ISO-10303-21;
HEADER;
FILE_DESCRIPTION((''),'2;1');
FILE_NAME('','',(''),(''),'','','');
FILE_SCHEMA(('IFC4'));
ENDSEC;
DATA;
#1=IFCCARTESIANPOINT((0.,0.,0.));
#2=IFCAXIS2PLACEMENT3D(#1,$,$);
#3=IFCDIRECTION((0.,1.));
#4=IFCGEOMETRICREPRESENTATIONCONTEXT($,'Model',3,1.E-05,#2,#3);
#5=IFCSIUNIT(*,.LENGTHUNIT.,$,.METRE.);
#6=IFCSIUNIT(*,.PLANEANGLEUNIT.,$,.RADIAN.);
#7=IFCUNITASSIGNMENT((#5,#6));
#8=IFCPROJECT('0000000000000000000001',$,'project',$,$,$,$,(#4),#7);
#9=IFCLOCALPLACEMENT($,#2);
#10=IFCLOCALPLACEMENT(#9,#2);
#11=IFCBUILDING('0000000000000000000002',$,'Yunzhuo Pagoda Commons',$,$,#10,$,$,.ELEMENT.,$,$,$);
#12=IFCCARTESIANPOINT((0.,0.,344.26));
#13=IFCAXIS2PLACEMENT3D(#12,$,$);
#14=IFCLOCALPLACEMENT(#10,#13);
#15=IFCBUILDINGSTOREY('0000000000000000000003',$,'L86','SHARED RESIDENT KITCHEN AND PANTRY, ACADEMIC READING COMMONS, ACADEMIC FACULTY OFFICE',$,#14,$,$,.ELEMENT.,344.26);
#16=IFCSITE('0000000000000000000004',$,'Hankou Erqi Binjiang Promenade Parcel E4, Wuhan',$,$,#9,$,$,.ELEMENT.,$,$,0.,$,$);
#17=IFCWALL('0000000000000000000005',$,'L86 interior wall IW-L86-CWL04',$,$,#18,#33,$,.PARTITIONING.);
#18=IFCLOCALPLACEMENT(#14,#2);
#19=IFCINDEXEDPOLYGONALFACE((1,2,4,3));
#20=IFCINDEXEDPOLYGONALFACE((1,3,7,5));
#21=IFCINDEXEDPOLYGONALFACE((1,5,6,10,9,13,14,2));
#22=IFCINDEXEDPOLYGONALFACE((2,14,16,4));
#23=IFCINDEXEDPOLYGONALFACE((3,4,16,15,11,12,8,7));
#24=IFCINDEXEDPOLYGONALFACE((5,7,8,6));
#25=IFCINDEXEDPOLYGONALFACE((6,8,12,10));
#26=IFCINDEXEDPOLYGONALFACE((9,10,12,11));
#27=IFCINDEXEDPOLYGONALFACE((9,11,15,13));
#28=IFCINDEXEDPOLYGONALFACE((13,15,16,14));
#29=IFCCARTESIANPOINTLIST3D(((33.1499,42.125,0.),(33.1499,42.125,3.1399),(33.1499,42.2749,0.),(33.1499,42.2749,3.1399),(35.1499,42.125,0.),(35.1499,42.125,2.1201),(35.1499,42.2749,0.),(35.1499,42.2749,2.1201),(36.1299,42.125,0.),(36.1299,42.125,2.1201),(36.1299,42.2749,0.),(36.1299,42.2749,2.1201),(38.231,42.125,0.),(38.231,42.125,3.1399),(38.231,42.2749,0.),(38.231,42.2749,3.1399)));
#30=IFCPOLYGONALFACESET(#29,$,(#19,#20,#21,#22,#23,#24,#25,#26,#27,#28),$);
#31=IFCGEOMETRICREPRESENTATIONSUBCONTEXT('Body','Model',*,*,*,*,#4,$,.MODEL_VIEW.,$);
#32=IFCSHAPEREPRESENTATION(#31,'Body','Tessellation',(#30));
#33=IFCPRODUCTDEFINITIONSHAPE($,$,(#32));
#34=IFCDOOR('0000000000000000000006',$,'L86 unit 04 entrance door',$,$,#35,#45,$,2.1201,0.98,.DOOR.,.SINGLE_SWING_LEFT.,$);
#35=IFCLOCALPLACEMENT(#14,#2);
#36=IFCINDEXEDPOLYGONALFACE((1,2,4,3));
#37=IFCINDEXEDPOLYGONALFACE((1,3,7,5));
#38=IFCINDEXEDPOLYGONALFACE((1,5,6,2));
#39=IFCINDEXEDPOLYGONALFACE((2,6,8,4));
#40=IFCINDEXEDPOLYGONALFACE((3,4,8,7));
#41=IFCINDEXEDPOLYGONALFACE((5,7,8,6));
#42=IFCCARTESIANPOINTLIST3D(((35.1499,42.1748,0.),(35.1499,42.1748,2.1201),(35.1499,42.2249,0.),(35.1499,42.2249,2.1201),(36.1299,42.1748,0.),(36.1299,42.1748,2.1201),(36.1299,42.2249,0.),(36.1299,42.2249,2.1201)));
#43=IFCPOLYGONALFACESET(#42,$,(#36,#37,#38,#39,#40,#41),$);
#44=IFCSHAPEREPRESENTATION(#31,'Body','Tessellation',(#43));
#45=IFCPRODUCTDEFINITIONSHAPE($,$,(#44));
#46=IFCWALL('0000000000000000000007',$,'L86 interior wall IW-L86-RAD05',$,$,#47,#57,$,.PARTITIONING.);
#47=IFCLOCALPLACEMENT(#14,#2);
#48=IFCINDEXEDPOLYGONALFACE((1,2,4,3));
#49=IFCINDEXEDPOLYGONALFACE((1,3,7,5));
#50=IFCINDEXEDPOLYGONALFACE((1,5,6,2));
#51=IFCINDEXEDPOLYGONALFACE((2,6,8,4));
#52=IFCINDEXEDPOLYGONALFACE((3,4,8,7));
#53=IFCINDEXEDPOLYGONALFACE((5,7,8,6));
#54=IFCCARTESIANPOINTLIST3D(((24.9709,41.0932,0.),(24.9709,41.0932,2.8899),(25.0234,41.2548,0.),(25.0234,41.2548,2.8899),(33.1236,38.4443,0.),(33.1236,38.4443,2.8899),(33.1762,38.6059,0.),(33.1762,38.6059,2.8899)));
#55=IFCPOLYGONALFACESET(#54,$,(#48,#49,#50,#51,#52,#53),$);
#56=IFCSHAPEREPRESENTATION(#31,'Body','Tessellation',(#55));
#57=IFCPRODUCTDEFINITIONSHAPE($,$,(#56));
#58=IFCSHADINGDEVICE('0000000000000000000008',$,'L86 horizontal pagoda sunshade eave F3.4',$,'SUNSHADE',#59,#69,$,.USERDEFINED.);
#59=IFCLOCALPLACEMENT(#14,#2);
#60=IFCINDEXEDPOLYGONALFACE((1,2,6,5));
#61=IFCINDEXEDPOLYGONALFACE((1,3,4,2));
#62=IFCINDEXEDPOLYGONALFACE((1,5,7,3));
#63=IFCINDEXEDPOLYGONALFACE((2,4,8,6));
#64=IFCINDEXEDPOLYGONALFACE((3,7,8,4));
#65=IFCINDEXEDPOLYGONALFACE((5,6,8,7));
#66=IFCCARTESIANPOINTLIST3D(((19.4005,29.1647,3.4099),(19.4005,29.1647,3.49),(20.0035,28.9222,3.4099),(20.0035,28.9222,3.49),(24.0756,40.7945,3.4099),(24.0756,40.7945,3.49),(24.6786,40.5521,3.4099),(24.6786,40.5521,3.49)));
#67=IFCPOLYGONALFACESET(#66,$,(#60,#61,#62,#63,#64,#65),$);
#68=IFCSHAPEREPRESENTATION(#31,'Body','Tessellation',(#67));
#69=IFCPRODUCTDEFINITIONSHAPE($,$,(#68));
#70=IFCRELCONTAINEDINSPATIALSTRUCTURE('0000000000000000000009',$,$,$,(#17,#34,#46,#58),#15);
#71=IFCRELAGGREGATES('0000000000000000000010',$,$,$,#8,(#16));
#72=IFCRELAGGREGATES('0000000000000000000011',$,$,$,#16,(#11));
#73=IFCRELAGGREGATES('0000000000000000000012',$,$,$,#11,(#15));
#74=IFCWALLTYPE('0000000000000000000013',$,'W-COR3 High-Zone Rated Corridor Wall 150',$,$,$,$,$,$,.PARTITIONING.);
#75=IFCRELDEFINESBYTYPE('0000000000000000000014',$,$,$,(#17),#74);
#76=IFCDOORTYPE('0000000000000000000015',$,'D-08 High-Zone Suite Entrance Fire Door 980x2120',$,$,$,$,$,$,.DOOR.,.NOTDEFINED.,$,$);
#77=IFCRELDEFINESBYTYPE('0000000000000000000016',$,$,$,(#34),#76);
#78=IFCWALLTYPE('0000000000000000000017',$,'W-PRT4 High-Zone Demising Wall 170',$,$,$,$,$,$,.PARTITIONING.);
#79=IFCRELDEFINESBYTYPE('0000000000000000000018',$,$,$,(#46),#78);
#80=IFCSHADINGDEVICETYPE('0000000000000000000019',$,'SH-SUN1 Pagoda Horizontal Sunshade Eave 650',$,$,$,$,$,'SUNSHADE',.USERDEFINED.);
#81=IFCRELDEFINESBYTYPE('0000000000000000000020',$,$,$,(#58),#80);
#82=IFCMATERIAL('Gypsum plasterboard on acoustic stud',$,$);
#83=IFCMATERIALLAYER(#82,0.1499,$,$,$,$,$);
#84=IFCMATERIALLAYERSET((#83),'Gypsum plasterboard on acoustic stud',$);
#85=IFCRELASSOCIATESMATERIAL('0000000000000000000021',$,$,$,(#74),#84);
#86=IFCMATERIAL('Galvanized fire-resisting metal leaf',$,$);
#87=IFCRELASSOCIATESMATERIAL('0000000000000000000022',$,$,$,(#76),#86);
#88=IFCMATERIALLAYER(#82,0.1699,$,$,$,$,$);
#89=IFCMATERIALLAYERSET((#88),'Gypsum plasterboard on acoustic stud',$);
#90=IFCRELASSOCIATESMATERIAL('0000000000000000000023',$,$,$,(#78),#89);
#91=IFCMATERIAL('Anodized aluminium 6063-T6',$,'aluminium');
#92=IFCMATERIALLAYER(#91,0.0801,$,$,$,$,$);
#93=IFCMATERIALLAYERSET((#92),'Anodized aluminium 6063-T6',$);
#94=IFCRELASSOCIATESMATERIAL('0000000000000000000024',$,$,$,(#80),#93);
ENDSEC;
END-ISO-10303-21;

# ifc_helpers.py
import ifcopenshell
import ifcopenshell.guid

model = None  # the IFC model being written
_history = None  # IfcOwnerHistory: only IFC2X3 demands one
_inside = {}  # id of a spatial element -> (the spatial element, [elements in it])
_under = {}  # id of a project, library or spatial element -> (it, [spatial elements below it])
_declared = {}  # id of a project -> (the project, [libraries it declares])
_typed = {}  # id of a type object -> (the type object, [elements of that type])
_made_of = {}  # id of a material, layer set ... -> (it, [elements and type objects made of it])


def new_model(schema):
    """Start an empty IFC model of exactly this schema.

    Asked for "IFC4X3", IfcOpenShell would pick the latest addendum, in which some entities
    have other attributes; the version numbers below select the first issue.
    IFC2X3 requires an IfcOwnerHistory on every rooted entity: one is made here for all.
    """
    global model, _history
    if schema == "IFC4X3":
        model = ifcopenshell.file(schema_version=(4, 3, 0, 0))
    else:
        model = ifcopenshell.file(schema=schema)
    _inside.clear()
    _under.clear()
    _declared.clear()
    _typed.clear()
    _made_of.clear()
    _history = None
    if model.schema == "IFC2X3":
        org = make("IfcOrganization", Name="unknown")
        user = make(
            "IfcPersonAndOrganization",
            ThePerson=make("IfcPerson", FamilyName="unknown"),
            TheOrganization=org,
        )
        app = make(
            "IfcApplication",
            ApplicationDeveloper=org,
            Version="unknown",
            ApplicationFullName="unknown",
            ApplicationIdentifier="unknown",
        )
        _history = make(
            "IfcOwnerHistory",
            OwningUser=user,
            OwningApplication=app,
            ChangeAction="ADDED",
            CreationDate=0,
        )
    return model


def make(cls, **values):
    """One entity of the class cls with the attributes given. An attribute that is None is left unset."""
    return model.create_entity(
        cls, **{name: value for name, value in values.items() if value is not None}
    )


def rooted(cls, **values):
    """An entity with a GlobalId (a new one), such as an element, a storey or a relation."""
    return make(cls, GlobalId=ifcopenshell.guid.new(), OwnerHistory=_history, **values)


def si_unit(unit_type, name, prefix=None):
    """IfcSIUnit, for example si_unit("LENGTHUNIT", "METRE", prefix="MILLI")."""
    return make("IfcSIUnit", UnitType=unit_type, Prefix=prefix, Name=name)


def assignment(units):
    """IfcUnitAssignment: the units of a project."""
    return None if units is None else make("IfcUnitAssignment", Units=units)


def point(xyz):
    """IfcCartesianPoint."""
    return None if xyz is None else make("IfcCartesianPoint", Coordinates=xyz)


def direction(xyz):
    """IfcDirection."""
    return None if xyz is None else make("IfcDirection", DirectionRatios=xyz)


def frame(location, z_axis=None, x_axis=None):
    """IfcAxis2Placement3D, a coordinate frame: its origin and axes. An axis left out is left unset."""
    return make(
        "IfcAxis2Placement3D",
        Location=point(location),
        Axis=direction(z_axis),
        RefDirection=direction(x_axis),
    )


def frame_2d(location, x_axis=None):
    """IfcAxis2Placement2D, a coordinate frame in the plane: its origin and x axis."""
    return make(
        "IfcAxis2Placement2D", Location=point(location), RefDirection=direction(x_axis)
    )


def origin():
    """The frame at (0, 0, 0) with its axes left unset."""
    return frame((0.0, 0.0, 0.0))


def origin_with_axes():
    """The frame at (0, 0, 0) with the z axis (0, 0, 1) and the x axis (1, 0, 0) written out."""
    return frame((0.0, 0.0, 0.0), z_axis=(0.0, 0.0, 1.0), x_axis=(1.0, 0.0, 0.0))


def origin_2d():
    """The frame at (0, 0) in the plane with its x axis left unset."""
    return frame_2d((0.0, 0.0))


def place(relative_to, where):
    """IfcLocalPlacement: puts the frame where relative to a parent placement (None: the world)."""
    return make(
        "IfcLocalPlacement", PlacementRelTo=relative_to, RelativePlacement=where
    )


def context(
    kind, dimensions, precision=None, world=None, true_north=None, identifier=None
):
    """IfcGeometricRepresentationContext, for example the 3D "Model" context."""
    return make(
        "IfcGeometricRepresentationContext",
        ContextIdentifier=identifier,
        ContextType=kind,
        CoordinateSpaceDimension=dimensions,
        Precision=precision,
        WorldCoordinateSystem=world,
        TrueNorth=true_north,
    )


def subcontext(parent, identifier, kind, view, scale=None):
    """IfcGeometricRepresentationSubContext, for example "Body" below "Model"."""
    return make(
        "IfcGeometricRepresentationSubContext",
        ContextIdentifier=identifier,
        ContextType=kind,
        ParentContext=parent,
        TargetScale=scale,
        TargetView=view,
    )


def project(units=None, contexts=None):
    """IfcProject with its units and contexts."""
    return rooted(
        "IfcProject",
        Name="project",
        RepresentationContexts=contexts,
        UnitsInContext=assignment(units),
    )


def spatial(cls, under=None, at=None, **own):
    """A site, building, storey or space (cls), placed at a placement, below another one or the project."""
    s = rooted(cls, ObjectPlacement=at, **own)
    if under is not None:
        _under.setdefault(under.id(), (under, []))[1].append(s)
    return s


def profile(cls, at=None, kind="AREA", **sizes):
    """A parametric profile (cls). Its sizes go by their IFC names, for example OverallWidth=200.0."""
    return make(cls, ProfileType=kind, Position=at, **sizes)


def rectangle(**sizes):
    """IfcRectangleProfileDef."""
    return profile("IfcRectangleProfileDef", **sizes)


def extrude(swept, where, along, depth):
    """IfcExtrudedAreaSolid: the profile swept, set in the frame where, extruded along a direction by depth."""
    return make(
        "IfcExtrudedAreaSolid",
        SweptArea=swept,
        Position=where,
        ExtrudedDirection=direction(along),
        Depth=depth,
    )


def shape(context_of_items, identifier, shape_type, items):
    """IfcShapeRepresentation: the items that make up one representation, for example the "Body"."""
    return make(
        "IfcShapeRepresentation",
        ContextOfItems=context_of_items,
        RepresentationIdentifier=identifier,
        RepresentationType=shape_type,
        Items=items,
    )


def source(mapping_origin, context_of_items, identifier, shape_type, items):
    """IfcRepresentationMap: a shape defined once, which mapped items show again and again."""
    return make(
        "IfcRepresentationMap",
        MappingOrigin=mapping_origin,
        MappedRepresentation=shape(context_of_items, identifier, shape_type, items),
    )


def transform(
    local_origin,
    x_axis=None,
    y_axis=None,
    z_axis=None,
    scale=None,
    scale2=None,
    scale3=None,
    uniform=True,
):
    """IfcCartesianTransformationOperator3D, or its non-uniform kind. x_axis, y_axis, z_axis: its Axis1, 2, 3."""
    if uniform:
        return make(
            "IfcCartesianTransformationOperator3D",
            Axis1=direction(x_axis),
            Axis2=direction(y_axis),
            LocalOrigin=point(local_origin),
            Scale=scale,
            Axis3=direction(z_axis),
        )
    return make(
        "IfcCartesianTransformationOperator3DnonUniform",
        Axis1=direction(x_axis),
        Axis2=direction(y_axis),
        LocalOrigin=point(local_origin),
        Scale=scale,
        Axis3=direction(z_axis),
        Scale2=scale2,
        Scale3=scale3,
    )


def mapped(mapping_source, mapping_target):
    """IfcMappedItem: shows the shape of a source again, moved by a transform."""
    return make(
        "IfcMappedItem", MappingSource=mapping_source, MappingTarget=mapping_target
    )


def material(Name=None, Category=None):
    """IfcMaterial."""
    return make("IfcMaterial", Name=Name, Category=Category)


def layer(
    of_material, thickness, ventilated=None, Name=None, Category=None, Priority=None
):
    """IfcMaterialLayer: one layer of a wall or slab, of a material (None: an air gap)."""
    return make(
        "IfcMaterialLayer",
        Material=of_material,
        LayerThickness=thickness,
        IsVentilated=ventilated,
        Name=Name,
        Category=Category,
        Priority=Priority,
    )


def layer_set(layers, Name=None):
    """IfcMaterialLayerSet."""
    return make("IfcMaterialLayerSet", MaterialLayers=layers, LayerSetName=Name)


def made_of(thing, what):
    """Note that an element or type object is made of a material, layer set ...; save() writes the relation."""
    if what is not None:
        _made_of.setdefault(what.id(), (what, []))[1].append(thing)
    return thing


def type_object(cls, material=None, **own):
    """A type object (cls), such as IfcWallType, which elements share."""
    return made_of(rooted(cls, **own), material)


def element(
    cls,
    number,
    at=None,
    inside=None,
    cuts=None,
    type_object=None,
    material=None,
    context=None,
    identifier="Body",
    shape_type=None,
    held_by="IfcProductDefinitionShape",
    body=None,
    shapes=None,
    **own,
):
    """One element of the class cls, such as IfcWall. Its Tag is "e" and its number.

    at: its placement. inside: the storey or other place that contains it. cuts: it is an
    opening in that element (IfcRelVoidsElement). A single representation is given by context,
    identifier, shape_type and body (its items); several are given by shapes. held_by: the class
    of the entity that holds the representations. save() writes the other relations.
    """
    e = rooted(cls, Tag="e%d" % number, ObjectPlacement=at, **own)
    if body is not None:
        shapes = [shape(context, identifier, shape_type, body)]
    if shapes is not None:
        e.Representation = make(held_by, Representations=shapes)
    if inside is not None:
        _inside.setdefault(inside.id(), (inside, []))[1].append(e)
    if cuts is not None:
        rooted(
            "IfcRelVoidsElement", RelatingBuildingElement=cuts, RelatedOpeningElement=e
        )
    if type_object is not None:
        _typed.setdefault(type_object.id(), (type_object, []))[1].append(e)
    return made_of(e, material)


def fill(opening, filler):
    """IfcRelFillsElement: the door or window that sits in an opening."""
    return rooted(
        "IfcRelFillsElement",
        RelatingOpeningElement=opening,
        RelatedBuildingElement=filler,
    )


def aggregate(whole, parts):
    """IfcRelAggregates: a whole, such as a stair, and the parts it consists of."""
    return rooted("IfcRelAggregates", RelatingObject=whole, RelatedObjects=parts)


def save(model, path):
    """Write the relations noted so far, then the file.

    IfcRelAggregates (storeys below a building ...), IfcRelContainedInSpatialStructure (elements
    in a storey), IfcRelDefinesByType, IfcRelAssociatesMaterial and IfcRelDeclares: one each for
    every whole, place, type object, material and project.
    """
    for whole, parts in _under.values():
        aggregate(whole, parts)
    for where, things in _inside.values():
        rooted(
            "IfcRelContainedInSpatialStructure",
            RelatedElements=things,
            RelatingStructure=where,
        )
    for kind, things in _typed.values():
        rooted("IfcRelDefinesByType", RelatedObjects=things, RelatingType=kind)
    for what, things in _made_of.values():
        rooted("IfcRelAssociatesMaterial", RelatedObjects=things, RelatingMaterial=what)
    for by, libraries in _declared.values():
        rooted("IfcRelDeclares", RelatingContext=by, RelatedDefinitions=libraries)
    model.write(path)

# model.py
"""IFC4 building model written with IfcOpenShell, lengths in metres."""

from ifc_helpers import new_model, si_unit, direction, frame, frame_2d, origin, origin_with_axes, origin_2d, place, context, subcontext, project, spatial, rectangle, extrude, source, transform, mapped, material, layer, layer_set, type_object, element, fill, save


model = new_model("IFC4")

# Units and contexts
model_context = context("Model", 3, precision=1e-05, world=origin(), true_north=direction((0.0, 1.0)))
body_context = subcontext(model_context, "Body", "Model", "MODEL_VIEW")
ifc_project = project(units=[si_unit("LENGTHUNIT", "METRE"), si_unit("PLANEANGLEUNIT", "RADIAN")], contexts=[model_context])

# Site, building, storey
site_placement = place(None, origin())
site = spatial("IfcSite", under=ifc_project, at=site_placement, Name="Hankou Erqi Binjiang Promenade Parcel E4, Wuhan", CompositionType="ELEMENT", RefElevation=0.0)
building_placement = place(site_placement, origin())
building = spatial("IfcBuilding", under=site, at=building_placement, Name="Yunzhuo Pagoda Commons", CompositionType="ELEMENT")
storey_placement = place(building_placement, frame((0.0, 0.0, 344.26)))
storey = spatial("IfcBuildingStorey", under=building, at=storey_placement, Name="L86", Description="SHARED RESIDENT KITCHEN AND PANTRY, ACADEMIC READING COMMONS, ACADEMIC FACULTY OFFICE", CompositionType="ELEMENT", Elevation=344.26)

# Shared definitions
ifc_material_1 = material(Name="Anodized aluminium 6063-T6", Category="aluminium")

# Shared definitions
ifc_material_2 = material(Name="Gypsum plasterboard on acoustic stud")
ifc_layer_1 = layer(ifc_material_2, 0.1499)
ifc_layer_set_1 = layer_set([ifc_layer_1], Name="Gypsum plasterboard on acoustic stud")
wall_type_1 = type_object("IfcWallType", Name="W-COR3 High-Zone Rated Corridor Wall 150", PredefinedType="PARTITIONING", material=ifc_layer_set_1)

# Wall, opening, door
wall_1_placement = place(storey_placement, frame((33.1499, 42.2, 0.0), z_axis=(0.0, 0.0, 1.0), x_axis=(1.0, 0.0, 0.0)))
wall_1 = element("IfcWall", 1, at=wall_1_placement, inside=storey, type_object=wall_type_1, Name="L86 interior wall IW-L86-CWL04", PredefinedType="PARTITIONING", context=body_context, shape_type="SweptSolid", body=[
    extrude(rectangle(XDim=5.0811, YDim=0.1499, at=frame_2d((2.5405, 0.0))), origin(), (0.0, 0.0, 1.0), 3.1399),
])
opening_placement = place(wall_1_placement, frame((2.0, 0.0, 0.0)))
opening = element("IfcOpeningElement", 2, at=opening_placement, cuts=wall_1, PredefinedType="OPENING", context=body_context, shape_type="SweptSolid", body=[
    extrude(rectangle(XDim=0.98, YDim=2.1201, at=frame_2d((0.49, 1.0601))), frame((0.0, 0.085, 0.0), z_axis=(0.0, -1.0, 0.0), x_axis=(1.0, 0.0, 0.0)), (0.0, 0.0, 1.0), 0.1699),
])
ifc_material_3 = material(Name="Galvanized fire-resisting metal leaf")
door_type = type_object("IfcDoorType", Name="D-08 High-Zone Suite Entrance Fire Door 980x2120", OperationType="NOTDEFINED", PredefinedType="DOOR", material=ifc_material_3)
shared_shape_1 = source(origin(), body_context, "Body", "SweptSolid", [
    extrude(rectangle(XDim=0.98, YDim=2.1201, at=frame_2d((0.49, 1.0601))), frame((0.0, 0.0249, 0.0), z_axis=(0.0, -1.0, 0.0), x_axis=(1.0, 0.0, 0.0)), (0.0, 0.0, 1.0), 0.05),
])
door_placement = place(opening_placement, origin_with_axes())
door = element("IfcDoor", 3, at=door_placement, inside=storey, type_object=door_type, Name="L86 unit 04 entrance door", OperationType="SINGLE_SWING_LEFT", OverallHeight=2.1201, OverallWidth=0.98, PredefinedType="DOOR", context=body_context, shape_type="MappedRepresentation", body=[
    mapped(shared_shape_1, transform((0.0, 0.0, 0.0), scale=1.0)),
])
fill(opening, door)

# Wall
ifc_layer_2 = layer(ifc_material_2, 0.1699)
ifc_layer_set_2 = layer_set([ifc_layer_2], Name="Gypsum plasterboard on acoustic stud")
wall_type_2 = type_object("IfcWallType", Name="W-PRT4 High-Zone Demising Wall 170", PredefinedType="PARTITIONING", material=ifc_layer_set_2)
wall_2_placement = place(storey_placement, frame((33.1499, 38.5251, 0.0), z_axis=(0.0, 0.0, 1.0), x_axis=(-0.95106, 0.309008, 0.0)))
element("IfcWall", 4, at=wall_2_placement, inside=storey, type_object=wall_type_2, Name="L86 interior wall IW-L86-RAD05", PredefinedType="PARTITIONING", context=body_context, shape_type="SweptSolid", body=[
    extrude(rectangle(XDim=8.5723, YDim=0.1699, at=frame_2d((4.2861, 0.0))), origin(), (0.0, 0.0, 1.0), 2.8899),
])

# Shading device
ifc_layer_3 = layer(ifc_material_1, 0.0801)
ifc_layer_set_3 = layer_set([ifc_layer_3], Name="Anodized aluminium 6063-T6")
shading_device_type = type_object("IfcShadingDeviceType", Name="SH-SUN1 Pagoda Horizontal Sunshade Eave 650", ElementType="SUNSHADE", PredefinedType="USERDEFINED", material=ifc_layer_set_3)
shared_shape_2 = source(origin(), body_context, "Body", "SweptSolid", [
    extrude(rectangle(XDim=12.5344, YDim=0.6499, at=origin_2d()), origin(), (0.0, 0.0, 1.0), 0.0801),
])
shading_device_placement = place(storey_placement, frame((22.0396, 34.8584, 3.4099), z_axis=(0.0, 0.0, 1.0), x_axis=(-0.372988, -0.927836, 0.0)))
element("IfcShadingDevice", 5, at=shading_device_placement, inside=storey, type_object=shading_device_type, Name="L86 horizontal pagoda sunshade eave F3.4", ObjectType="SUNSHADE", PredefinedType="USERDEFINED", context=body_context, shape_type="MappedRepresentation", body=[
    mapped(shared_shape_2, transform((0.0, 0.0, 0.0), scale=1.0)),
])

save(model, "model.ifc")
